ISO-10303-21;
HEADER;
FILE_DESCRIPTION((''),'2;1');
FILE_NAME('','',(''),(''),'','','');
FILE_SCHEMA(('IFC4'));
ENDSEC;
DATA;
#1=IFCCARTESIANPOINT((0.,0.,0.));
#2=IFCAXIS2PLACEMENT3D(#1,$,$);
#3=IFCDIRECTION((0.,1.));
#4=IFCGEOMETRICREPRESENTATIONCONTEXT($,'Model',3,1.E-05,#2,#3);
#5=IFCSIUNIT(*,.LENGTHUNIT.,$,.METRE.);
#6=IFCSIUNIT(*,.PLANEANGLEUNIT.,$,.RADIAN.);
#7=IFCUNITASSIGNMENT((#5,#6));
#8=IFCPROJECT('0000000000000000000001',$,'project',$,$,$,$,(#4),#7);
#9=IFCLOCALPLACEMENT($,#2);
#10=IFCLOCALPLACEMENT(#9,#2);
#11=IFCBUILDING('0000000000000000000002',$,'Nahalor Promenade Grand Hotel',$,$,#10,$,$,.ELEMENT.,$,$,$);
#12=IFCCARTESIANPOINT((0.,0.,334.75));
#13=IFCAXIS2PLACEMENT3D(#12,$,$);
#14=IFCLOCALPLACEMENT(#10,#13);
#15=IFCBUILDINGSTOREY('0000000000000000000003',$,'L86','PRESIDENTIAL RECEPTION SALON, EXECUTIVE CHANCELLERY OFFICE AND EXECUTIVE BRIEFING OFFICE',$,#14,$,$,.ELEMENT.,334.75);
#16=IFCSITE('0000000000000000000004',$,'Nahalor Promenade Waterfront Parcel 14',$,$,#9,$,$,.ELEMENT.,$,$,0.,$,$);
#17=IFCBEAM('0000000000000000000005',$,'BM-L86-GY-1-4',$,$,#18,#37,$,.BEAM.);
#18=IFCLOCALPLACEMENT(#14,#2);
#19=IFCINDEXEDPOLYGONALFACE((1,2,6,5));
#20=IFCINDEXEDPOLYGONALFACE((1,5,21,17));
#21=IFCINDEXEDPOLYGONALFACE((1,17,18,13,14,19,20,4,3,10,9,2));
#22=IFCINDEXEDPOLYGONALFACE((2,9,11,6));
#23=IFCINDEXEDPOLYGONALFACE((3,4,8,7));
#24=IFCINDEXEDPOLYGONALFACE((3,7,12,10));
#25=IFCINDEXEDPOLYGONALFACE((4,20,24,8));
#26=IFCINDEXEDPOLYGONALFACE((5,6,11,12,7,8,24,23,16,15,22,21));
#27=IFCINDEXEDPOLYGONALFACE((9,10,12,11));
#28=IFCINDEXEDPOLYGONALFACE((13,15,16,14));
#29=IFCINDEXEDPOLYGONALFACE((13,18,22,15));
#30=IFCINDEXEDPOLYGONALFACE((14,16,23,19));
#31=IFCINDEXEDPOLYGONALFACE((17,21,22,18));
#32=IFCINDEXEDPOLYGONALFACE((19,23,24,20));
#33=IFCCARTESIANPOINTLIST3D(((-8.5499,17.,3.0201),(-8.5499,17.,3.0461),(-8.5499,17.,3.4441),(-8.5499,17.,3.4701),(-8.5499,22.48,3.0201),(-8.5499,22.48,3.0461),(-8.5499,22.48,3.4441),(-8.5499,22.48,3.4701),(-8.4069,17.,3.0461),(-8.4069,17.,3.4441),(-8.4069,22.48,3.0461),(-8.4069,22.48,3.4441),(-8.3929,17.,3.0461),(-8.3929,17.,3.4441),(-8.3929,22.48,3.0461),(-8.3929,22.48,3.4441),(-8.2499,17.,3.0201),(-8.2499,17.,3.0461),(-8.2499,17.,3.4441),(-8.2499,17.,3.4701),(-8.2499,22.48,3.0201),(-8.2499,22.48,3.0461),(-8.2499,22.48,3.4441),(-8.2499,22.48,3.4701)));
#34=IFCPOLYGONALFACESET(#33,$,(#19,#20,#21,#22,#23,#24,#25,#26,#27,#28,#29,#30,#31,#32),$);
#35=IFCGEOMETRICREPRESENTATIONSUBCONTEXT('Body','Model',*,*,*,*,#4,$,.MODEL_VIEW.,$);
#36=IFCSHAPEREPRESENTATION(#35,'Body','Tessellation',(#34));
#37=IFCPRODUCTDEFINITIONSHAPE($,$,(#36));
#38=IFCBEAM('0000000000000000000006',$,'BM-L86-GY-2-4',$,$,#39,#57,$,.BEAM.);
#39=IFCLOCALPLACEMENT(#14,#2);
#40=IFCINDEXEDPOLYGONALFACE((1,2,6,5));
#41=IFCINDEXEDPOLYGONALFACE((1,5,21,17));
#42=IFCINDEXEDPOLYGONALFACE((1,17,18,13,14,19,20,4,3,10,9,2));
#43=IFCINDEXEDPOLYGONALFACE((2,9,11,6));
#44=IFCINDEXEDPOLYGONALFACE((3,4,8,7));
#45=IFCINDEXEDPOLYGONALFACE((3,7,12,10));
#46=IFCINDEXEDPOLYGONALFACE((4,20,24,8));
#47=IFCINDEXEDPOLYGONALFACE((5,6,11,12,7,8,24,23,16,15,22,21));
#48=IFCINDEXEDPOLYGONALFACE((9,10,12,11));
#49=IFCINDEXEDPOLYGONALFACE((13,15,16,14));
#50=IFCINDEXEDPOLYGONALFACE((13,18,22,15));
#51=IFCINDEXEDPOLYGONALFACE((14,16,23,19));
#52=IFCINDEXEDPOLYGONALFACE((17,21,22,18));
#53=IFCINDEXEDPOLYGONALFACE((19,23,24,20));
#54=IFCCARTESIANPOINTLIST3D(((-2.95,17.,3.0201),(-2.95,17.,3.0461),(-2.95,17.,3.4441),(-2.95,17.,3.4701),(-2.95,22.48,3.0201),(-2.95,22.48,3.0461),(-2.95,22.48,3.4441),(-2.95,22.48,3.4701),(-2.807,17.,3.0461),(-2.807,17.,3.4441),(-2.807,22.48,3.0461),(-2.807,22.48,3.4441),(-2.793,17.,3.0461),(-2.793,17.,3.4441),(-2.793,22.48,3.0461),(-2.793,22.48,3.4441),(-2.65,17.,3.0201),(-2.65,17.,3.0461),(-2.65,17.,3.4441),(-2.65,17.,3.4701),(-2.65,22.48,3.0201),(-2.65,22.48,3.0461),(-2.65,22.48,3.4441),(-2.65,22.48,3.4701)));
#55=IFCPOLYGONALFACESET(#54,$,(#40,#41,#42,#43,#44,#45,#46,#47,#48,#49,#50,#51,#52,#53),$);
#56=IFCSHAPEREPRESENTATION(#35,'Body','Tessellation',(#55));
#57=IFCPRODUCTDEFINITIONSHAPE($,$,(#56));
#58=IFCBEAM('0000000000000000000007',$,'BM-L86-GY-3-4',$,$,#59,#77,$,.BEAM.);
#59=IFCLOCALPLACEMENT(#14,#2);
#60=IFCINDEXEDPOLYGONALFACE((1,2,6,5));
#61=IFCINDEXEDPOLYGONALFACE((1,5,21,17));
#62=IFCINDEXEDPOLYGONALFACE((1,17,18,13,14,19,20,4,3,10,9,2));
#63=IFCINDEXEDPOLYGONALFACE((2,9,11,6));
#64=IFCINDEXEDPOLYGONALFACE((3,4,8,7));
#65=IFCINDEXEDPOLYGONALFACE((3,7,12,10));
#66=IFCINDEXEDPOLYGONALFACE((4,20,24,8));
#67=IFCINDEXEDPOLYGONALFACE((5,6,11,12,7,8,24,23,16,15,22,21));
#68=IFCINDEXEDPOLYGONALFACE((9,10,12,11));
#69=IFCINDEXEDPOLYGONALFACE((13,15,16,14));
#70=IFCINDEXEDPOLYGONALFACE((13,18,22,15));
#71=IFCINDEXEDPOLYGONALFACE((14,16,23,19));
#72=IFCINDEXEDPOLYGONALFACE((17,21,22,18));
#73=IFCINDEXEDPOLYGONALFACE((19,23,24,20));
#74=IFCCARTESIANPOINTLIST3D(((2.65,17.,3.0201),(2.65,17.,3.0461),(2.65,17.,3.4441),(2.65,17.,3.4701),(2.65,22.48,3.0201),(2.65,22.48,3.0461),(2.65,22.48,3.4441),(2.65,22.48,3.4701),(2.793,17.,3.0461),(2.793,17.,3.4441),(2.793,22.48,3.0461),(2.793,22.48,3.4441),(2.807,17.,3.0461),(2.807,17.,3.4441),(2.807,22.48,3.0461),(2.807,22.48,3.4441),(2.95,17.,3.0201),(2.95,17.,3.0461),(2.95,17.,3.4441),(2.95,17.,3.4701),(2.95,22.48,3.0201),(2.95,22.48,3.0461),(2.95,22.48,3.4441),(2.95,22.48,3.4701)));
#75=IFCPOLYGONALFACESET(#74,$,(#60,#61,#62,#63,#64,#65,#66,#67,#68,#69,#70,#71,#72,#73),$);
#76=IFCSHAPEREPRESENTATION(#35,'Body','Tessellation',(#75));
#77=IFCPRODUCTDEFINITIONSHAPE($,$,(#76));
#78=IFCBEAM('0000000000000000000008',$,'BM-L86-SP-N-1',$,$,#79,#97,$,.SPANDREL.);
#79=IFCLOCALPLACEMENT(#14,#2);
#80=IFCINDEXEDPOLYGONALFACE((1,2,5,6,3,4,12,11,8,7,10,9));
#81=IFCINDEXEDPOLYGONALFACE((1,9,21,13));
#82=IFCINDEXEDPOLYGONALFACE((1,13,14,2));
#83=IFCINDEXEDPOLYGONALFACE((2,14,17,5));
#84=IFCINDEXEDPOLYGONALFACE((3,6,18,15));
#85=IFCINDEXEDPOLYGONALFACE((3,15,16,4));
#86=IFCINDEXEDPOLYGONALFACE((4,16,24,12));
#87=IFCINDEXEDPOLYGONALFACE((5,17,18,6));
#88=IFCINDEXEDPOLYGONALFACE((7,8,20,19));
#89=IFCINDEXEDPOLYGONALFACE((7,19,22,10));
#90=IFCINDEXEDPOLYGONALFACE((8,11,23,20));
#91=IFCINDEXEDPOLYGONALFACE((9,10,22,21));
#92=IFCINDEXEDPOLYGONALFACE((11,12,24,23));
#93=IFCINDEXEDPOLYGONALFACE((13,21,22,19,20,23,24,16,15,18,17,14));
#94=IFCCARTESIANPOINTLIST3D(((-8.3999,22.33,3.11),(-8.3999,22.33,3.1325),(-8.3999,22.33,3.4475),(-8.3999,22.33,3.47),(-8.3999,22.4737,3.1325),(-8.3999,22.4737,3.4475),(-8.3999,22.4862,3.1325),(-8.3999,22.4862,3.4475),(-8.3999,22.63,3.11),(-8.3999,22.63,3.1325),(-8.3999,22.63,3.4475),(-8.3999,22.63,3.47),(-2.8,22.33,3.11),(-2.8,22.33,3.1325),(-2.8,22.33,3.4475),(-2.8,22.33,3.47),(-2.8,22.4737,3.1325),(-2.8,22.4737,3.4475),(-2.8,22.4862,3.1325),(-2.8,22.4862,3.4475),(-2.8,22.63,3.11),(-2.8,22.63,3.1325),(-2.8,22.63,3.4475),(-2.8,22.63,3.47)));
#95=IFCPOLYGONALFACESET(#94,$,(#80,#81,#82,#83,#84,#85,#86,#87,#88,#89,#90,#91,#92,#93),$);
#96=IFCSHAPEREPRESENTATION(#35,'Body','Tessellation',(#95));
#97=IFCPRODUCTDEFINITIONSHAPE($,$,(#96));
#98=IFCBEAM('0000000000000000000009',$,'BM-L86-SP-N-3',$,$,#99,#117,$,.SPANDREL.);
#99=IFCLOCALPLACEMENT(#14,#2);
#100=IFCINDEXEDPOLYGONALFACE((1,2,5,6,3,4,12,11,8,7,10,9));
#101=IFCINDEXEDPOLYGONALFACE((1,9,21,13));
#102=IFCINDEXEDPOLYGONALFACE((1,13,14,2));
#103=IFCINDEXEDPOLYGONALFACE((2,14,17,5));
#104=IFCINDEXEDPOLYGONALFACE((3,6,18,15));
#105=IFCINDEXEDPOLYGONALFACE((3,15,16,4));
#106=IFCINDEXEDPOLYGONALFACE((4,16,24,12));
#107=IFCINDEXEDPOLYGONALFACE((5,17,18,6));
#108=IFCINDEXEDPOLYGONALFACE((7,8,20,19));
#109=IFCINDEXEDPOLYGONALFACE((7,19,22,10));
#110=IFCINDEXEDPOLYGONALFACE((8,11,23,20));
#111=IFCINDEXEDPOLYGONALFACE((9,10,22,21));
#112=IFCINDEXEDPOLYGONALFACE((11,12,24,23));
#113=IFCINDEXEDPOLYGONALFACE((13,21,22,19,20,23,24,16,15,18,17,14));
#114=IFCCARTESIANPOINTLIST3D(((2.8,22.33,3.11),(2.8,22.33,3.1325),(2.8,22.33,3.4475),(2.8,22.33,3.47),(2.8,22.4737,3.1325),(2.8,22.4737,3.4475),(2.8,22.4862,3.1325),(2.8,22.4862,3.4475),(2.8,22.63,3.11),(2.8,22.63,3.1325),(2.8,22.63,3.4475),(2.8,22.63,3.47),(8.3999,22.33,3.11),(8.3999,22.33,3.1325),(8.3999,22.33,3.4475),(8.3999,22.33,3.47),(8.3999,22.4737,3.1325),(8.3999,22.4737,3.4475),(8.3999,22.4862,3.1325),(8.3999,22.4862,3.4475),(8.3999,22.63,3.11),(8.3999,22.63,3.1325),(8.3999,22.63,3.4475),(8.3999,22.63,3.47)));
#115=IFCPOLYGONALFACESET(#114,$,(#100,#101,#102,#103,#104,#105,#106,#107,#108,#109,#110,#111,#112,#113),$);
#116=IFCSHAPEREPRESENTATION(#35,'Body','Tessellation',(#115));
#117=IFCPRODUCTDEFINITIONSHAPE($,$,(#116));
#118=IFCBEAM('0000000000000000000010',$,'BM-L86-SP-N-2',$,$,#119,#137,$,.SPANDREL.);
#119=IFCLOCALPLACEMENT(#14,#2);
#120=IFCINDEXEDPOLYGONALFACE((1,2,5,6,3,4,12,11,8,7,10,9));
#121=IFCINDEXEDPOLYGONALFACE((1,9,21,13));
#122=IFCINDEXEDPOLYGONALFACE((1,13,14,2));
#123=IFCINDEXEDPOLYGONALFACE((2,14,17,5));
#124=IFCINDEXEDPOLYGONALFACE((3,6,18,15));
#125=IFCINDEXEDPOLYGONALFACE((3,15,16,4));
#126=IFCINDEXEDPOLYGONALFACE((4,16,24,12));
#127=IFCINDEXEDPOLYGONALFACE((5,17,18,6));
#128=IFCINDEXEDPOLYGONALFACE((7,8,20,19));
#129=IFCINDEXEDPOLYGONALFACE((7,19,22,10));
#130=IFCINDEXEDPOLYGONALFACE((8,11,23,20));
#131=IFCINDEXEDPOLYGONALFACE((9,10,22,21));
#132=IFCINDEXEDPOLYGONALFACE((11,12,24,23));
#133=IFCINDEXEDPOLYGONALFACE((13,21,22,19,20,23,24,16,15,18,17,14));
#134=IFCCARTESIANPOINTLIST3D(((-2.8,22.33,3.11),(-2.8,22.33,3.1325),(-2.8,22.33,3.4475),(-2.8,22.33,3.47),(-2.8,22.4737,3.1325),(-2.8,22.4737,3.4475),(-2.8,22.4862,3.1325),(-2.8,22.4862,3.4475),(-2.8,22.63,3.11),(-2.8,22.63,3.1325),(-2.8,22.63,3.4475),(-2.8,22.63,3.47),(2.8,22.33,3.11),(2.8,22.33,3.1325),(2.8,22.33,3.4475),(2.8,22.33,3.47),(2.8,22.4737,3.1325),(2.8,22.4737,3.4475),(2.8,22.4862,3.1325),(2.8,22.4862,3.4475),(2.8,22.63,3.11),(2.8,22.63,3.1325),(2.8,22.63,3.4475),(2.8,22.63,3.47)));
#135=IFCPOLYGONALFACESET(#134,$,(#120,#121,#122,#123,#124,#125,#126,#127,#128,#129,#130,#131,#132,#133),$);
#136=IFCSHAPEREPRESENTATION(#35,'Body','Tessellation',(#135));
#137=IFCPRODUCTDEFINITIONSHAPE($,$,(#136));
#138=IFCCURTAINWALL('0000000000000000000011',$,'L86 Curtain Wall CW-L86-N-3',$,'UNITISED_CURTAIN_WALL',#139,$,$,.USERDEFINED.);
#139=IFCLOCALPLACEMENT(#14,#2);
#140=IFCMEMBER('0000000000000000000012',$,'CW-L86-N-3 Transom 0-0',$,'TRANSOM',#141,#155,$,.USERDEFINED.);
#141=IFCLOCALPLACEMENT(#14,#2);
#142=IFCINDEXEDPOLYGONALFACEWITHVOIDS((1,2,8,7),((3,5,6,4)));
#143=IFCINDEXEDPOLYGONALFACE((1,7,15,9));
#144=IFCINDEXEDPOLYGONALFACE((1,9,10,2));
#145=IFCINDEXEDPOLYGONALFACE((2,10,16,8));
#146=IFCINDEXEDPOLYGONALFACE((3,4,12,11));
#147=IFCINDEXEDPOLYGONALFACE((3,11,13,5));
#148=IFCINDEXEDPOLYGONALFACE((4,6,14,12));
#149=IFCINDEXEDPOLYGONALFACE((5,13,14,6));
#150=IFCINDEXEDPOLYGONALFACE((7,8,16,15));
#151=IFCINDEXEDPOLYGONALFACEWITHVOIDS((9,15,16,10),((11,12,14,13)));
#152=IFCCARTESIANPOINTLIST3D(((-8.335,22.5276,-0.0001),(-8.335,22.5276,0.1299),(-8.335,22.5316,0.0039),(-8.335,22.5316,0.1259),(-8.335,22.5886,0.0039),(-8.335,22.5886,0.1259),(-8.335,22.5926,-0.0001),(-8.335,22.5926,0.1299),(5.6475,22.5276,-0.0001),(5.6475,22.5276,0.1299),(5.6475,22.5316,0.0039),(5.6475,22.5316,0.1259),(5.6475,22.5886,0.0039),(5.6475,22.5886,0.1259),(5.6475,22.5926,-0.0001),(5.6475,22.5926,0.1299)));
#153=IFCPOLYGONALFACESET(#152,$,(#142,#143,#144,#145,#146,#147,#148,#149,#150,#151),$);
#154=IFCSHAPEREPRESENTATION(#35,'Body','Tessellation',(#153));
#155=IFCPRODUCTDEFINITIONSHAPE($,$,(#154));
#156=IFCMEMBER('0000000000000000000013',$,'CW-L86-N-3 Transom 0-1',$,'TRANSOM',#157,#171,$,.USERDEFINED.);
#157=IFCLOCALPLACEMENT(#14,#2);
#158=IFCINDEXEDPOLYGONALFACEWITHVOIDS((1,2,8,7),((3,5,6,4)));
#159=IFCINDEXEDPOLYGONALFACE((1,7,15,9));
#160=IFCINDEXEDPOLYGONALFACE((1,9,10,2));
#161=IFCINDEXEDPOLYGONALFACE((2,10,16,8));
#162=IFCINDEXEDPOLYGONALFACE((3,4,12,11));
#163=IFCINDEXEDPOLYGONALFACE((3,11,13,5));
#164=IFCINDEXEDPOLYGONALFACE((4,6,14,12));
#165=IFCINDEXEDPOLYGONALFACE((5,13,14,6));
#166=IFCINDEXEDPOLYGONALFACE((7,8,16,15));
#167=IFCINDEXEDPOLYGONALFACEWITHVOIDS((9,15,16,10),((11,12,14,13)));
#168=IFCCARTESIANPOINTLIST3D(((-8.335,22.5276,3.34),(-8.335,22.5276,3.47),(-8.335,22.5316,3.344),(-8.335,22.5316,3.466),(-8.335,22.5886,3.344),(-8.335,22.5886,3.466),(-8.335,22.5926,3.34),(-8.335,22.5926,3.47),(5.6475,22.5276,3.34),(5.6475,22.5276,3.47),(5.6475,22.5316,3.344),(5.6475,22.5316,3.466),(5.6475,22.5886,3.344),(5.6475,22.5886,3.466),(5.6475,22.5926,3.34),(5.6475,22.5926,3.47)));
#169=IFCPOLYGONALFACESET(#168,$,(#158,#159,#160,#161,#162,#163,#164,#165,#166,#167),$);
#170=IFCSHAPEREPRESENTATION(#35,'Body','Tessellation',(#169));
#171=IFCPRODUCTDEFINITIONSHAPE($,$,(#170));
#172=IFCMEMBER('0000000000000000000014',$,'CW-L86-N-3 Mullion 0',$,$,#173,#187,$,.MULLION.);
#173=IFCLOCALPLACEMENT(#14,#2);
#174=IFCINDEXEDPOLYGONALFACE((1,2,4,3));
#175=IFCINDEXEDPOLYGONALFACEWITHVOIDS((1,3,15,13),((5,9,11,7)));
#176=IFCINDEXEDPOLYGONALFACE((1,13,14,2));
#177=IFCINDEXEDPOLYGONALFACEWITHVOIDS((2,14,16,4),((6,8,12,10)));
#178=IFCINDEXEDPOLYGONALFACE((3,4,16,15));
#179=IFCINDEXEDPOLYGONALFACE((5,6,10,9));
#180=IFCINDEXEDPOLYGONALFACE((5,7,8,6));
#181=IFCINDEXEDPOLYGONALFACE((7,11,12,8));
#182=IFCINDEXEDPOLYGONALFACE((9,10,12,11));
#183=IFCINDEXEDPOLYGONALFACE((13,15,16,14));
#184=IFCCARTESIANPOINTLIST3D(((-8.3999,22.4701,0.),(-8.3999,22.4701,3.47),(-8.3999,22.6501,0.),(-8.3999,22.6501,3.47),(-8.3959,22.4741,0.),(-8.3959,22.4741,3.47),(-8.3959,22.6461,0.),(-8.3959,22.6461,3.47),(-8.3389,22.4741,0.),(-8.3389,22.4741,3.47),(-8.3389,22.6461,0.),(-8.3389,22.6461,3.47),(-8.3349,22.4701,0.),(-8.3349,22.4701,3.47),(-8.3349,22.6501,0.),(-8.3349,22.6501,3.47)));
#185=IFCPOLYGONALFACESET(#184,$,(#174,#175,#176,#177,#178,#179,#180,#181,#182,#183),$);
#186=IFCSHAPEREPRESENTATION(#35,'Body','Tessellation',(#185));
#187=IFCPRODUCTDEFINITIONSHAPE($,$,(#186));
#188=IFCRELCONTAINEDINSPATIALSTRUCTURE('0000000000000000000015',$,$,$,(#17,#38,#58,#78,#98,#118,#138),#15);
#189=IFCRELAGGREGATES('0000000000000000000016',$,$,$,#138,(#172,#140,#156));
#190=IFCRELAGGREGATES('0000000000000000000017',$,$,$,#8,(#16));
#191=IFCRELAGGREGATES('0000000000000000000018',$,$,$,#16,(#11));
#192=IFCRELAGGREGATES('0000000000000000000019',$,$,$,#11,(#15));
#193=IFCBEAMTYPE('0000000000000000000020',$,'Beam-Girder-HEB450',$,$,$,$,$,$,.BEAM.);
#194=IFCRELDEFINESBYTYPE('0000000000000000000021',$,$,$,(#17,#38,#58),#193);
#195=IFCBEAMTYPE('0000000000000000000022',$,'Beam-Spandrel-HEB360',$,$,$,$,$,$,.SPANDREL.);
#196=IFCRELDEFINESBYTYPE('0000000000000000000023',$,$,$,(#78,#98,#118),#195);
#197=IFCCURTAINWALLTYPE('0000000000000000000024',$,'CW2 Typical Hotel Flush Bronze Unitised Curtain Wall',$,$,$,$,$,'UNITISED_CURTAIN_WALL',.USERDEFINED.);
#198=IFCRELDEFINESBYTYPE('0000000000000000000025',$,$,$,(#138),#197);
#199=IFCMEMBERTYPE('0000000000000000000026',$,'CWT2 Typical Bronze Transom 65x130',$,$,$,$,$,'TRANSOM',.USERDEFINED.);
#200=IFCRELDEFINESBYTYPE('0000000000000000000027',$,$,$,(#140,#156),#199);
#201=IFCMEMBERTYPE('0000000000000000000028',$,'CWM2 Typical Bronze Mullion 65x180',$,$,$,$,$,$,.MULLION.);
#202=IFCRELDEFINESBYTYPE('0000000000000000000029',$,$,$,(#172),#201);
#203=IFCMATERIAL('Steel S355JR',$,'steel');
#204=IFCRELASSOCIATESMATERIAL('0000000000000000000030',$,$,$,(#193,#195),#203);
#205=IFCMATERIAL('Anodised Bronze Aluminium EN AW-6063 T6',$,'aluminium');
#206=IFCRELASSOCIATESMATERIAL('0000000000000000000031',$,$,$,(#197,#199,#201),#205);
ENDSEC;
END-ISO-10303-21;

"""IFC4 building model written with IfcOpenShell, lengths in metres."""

from ifc_helpers import new_model, si_unit, direction, frame, origin, origin_2d, place, context, subcontext, project, spatial, hollow_rectangle, i_section, extrude, source, transform, mapped, material, material_profile, profile_set, type_object, element, aggregate, save


model = new_model("IFC4")

# Units and contexts
model_context = context("Model", 3, precision=1e-05, world=origin(), true_north=direction((0.0, 1.0)))
body_context = subcontext(model_context, "Body", "Model", "MODEL_VIEW")
ifc_project = project(units=[si_unit("LENGTHUNIT", "METRE"), si_unit("PLANEANGLEUNIT", "RADIAN")], contexts=[model_context])

# Site, building, storey
site_placement = place(None, origin())
site = spatial("IfcSite", under=ifc_project, at=site_placement, Name="Nahalor Promenade Waterfront Parcel 14", CompositionType="ELEMENT", RefElevation=0.0)
building_placement = place(site_placement, origin())
building = spatial("IfcBuilding", under=site, at=building_placement, Name="Nahalor Promenade Grand Hotel", CompositionType="ELEMENT")
storey_placement = place(building_placement, frame((0.0, 0.0, 334.75)))
storey = spatial("IfcBuildingStorey", under=building, at=storey_placement, Name="L86", Description="PRESIDENTIAL RECEPTION SALON, EXECUTIVE CHANCELLERY OFFICE AND EXECUTIVE BRIEFING OFFICE", CompositionType="ELEMENT", Elevation=334.75)

# Shared definitions
ifc_material_1 = material(Name="Steel S355JR", Category="steel")

# Beams
ifc_material_profile_1 = material_profile(ifc_material_1, i_section(OverallWidth=0.3, OverallDepth=0.45, WebThickness=0.014, FlangeThickness=0.026, at=origin_2d()), Name="HEB 450")
ifc_profile_set_1 = profile_set([ifc_material_profile_1], Name="Steel S355JR")
beam_type_1 = type_object("IfcBeamType", Name="Beam-Girder-HEB450", PredefinedType="BEAM", material=ifc_profile_set_1)
shared_shape_1 = source(origin(), body_context, "Body", "SweptSolid", [
    extrude(i_section(OverallWidth=0.3, OverallDepth=0.45, WebThickness=0.014, FlangeThickness=0.026, at=origin_2d()), origin(), (0.0, 0.0, 1.0), 5.48),
])
for number, where, z_axis, x_axis, name in (
    (1, (-8.3999, 17.0, 3.2451), (0.0, 1.0, 0.0), (-1.0, 0.0, 0.0), "BM-L86-GY-1-4"),
    (2, (-2.8, 17.0, 3.2451), (0.0, 1.0, 0.0), (-1.0, 0.0, 0.0), "BM-L86-GY-2-4"),
    (3, (2.8, 17.0, 3.2451), (0.0, 1.0, 0.0), (-1.0, 0.0, 0.0), "BM-L86-GY-3-4"),
):
    element("IfcBeam", number, at=place(storey_placement, frame(where, z_axis=z_axis, x_axis=x_axis)), inside=storey, type_object=beam_type_1, Name=name, PredefinedType="BEAM", context=body_context, shape_type="MappedRepresentation", body=[
        mapped(shared_shape_1, transform((0.0, 0.0, 0.0), scale=1.0)),
    ])
ifc_material_profile_2 = material_profile(ifc_material_1, i_section(OverallWidth=0.3, OverallDepth=0.36, WebThickness=0.0125, FlangeThickness=0.0225, at=origin_2d()), Name="HEB 360")
ifc_profile_set_2 = profile_set([ifc_material_profile_2], Name="Steel S355JR")
beam_type_2 = type_object("IfcBeamType", Name="Beam-Spandrel-HEB360", PredefinedType="SPANDREL", material=ifc_profile_set_2)
shared_shape_2 = source(origin(), body_context, "Body", "SweptSolid", [
    extrude(i_section(OverallWidth=0.3, OverallDepth=0.36, WebThickness=0.0125, FlangeThickness=0.0225, at=origin_2d()), origin(), (0.0, 0.0, 1.0), 5.5999),
])
for number, where, z_axis, x_axis, name in (
    (4, (-8.3999, 22.48, 3.29), (1.0, 0.0, 0.0), (0.0, 1.0, 0.0), "BM-L86-SP-N-1"),
    (5, (2.8, 22.48, 3.29), (1.0, 0.0, 0.0), (0.0, 1.0, 0.0), "BM-L86-SP-N-3"),
):
    element("IfcBeam", number, at=place(storey_placement, frame(where, z_axis=z_axis, x_axis=x_axis)), inside=storey, type_object=beam_type_2, Name=name, PredefinedType="SPANDREL", context=body_context, shape_type="MappedRepresentation", body=[
        mapped(shared_shape_2, transform((0.0, 0.0, 0.0), scale=1.0)),
    ])
shared_shape_3 = source(origin(), body_context, "Body", "SweptSolid", [
    extrude(i_section(OverallWidth=0.3, OverallDepth=0.36, WebThickness=0.0125, FlangeThickness=0.0225, at=origin_2d()), origin(), (0.0, 0.0, 1.0), 5.6001),
])
beam_1_placement = place(storey_placement, frame((-2.8, 22.48, 3.29), z_axis=(1.0, 0.0, 0.0), x_axis=(0.0, 1.0, 0.0)))
element("IfcBeam", 6, at=beam_1_placement, inside=storey, type_object=beam_type_2, Name="BM-L86-SP-N-2", PredefinedType="SPANDREL", context=body_context, shape_type="MappedRepresentation", body=[
    mapped(shared_shape_3, transform((0.0, 0.0, 0.0), scale=1.0)),
])

# Curtain wall, members
ifc_material_2 = material(Name="Anodised Bronze Aluminium EN AW-6063 T6", Category="aluminium")
curtain_wall_type = type_object("IfcCurtainWallType", Name="CW2 Typical Hotel Flush Bronze Unitised Curtain Wall", ElementType="UNITISED_CURTAIN_WALL", PredefinedType="USERDEFINED", material=ifc_material_2)
curtain_wall_placement = place(storey_placement, origin())
curtain_wall = element("IfcCurtainWall", 7, at=curtain_wall_placement, inside=storey, type_object=curtain_wall_type, Name="L86 Curtain Wall CW-L86-N-3", ObjectType="UNITISED_CURTAIN_WALL", PredefinedType="USERDEFINED")
ifc_material_profile_3 = material_profile(ifc_material_2, hollow_rectangle(XDim=0.065, YDim=0.13, WallThickness=0.004, at=origin_2d()), Name="CWT 65x130x4")
ifc_profile_set_3 = profile_set([ifc_material_profile_3], Name="Anodised Bronze Aluminium EN AW-6063 T6")
member_type_1 = type_object("IfcMemberType", Name="CWT2 Typical Bronze Transom 65x130", ElementType="TRANSOM", PredefinedType="USERDEFINED", material=ifc_profile_set_3)
shared_shape_4 = source(origin(), body_context, "Body", "SweptSolid", [
    extrude(hollow_rectangle(XDim=0.065, YDim=0.13, WallThickness=0.004, at=origin_2d()), origin(), (0.0, 0.0, 1.0), 13.9824),
])
member_1_placement = place(storey_placement, frame((-8.335, 22.5601, 0.0649), z_axis=(1.0, 0.0, 0.0), x_axis=(0.0, 1.0, 0.0)))
member_1 = element("IfcMember", 8, at=member_1_placement, type_object=member_type_1, Name="CW-L86-N-3 Transom 0-0", ObjectType="TRANSOM", PredefinedType="USERDEFINED", context=body_context, shape_type="MappedRepresentation", body=[
    mapped(shared_shape_4, transform((0.0, 0.0, 0.0), scale=1.0)),
])
member_2_placement = place(storey_placement, frame((-8.335, 22.5601, 3.405), z_axis=(1.0, 0.0, 0.0), x_axis=(0.0, 1.0, 0.0)))
member_2 = element("IfcMember", 9, at=member_2_placement, type_object=member_type_1, Name="CW-L86-N-3 Transom 0-1", ObjectType="TRANSOM", PredefinedType="USERDEFINED", context=body_context, shape_type="MappedRepresentation", body=[
    mapped(shared_shape_4, transform((0.0, 0.0, 0.0), scale=1.0)),
])
ifc_material_profile_4 = material_profile(ifc_material_2, hollow_rectangle(XDim=0.065, YDim=0.18, WallThickness=0.004, at=origin_2d()), Name="CWM 65x180x4")
ifc_profile_set_4 = profile_set([ifc_material_profile_4], Name="Anodised Bronze Aluminium EN AW-6063 T6")
member_type_2 = type_object("IfcMemberType", Name="CWM2 Typical Bronze Mullion 65x180", PredefinedType="MULLION", material=ifc_profile_set_4)
shared_shape_5 = source(origin(), body_context, "Body", "SweptSolid", [
    extrude(hollow_rectangle(XDim=0.065, YDim=0.18, WallThickness=0.004, at=origin_2d()), origin(), (0.0, 0.0, 1.0), 3.47),
])
member_3_placement = place(storey_placement, frame((-8.3674, 22.5601, 0.0), z_axis=(0.0, 0.0, 1.0), x_axis=(1.0, 0.0, 0.0)))
member_3 = element("IfcMember", 10, at=member_3_placement, type_object=member_type_2, Name="CW-L86-N-3 Mullion 0", PredefinedType="MULLION", context=body_context, shape_type="MappedRepresentation", body=[
    mapped(shared_shape_5, transform((0.0, 0.0, 0.0), scale=1.0)),
])
aggregate(curtain_wall, [member_3, member_1, member_2])

save(model, "model.ifc")
